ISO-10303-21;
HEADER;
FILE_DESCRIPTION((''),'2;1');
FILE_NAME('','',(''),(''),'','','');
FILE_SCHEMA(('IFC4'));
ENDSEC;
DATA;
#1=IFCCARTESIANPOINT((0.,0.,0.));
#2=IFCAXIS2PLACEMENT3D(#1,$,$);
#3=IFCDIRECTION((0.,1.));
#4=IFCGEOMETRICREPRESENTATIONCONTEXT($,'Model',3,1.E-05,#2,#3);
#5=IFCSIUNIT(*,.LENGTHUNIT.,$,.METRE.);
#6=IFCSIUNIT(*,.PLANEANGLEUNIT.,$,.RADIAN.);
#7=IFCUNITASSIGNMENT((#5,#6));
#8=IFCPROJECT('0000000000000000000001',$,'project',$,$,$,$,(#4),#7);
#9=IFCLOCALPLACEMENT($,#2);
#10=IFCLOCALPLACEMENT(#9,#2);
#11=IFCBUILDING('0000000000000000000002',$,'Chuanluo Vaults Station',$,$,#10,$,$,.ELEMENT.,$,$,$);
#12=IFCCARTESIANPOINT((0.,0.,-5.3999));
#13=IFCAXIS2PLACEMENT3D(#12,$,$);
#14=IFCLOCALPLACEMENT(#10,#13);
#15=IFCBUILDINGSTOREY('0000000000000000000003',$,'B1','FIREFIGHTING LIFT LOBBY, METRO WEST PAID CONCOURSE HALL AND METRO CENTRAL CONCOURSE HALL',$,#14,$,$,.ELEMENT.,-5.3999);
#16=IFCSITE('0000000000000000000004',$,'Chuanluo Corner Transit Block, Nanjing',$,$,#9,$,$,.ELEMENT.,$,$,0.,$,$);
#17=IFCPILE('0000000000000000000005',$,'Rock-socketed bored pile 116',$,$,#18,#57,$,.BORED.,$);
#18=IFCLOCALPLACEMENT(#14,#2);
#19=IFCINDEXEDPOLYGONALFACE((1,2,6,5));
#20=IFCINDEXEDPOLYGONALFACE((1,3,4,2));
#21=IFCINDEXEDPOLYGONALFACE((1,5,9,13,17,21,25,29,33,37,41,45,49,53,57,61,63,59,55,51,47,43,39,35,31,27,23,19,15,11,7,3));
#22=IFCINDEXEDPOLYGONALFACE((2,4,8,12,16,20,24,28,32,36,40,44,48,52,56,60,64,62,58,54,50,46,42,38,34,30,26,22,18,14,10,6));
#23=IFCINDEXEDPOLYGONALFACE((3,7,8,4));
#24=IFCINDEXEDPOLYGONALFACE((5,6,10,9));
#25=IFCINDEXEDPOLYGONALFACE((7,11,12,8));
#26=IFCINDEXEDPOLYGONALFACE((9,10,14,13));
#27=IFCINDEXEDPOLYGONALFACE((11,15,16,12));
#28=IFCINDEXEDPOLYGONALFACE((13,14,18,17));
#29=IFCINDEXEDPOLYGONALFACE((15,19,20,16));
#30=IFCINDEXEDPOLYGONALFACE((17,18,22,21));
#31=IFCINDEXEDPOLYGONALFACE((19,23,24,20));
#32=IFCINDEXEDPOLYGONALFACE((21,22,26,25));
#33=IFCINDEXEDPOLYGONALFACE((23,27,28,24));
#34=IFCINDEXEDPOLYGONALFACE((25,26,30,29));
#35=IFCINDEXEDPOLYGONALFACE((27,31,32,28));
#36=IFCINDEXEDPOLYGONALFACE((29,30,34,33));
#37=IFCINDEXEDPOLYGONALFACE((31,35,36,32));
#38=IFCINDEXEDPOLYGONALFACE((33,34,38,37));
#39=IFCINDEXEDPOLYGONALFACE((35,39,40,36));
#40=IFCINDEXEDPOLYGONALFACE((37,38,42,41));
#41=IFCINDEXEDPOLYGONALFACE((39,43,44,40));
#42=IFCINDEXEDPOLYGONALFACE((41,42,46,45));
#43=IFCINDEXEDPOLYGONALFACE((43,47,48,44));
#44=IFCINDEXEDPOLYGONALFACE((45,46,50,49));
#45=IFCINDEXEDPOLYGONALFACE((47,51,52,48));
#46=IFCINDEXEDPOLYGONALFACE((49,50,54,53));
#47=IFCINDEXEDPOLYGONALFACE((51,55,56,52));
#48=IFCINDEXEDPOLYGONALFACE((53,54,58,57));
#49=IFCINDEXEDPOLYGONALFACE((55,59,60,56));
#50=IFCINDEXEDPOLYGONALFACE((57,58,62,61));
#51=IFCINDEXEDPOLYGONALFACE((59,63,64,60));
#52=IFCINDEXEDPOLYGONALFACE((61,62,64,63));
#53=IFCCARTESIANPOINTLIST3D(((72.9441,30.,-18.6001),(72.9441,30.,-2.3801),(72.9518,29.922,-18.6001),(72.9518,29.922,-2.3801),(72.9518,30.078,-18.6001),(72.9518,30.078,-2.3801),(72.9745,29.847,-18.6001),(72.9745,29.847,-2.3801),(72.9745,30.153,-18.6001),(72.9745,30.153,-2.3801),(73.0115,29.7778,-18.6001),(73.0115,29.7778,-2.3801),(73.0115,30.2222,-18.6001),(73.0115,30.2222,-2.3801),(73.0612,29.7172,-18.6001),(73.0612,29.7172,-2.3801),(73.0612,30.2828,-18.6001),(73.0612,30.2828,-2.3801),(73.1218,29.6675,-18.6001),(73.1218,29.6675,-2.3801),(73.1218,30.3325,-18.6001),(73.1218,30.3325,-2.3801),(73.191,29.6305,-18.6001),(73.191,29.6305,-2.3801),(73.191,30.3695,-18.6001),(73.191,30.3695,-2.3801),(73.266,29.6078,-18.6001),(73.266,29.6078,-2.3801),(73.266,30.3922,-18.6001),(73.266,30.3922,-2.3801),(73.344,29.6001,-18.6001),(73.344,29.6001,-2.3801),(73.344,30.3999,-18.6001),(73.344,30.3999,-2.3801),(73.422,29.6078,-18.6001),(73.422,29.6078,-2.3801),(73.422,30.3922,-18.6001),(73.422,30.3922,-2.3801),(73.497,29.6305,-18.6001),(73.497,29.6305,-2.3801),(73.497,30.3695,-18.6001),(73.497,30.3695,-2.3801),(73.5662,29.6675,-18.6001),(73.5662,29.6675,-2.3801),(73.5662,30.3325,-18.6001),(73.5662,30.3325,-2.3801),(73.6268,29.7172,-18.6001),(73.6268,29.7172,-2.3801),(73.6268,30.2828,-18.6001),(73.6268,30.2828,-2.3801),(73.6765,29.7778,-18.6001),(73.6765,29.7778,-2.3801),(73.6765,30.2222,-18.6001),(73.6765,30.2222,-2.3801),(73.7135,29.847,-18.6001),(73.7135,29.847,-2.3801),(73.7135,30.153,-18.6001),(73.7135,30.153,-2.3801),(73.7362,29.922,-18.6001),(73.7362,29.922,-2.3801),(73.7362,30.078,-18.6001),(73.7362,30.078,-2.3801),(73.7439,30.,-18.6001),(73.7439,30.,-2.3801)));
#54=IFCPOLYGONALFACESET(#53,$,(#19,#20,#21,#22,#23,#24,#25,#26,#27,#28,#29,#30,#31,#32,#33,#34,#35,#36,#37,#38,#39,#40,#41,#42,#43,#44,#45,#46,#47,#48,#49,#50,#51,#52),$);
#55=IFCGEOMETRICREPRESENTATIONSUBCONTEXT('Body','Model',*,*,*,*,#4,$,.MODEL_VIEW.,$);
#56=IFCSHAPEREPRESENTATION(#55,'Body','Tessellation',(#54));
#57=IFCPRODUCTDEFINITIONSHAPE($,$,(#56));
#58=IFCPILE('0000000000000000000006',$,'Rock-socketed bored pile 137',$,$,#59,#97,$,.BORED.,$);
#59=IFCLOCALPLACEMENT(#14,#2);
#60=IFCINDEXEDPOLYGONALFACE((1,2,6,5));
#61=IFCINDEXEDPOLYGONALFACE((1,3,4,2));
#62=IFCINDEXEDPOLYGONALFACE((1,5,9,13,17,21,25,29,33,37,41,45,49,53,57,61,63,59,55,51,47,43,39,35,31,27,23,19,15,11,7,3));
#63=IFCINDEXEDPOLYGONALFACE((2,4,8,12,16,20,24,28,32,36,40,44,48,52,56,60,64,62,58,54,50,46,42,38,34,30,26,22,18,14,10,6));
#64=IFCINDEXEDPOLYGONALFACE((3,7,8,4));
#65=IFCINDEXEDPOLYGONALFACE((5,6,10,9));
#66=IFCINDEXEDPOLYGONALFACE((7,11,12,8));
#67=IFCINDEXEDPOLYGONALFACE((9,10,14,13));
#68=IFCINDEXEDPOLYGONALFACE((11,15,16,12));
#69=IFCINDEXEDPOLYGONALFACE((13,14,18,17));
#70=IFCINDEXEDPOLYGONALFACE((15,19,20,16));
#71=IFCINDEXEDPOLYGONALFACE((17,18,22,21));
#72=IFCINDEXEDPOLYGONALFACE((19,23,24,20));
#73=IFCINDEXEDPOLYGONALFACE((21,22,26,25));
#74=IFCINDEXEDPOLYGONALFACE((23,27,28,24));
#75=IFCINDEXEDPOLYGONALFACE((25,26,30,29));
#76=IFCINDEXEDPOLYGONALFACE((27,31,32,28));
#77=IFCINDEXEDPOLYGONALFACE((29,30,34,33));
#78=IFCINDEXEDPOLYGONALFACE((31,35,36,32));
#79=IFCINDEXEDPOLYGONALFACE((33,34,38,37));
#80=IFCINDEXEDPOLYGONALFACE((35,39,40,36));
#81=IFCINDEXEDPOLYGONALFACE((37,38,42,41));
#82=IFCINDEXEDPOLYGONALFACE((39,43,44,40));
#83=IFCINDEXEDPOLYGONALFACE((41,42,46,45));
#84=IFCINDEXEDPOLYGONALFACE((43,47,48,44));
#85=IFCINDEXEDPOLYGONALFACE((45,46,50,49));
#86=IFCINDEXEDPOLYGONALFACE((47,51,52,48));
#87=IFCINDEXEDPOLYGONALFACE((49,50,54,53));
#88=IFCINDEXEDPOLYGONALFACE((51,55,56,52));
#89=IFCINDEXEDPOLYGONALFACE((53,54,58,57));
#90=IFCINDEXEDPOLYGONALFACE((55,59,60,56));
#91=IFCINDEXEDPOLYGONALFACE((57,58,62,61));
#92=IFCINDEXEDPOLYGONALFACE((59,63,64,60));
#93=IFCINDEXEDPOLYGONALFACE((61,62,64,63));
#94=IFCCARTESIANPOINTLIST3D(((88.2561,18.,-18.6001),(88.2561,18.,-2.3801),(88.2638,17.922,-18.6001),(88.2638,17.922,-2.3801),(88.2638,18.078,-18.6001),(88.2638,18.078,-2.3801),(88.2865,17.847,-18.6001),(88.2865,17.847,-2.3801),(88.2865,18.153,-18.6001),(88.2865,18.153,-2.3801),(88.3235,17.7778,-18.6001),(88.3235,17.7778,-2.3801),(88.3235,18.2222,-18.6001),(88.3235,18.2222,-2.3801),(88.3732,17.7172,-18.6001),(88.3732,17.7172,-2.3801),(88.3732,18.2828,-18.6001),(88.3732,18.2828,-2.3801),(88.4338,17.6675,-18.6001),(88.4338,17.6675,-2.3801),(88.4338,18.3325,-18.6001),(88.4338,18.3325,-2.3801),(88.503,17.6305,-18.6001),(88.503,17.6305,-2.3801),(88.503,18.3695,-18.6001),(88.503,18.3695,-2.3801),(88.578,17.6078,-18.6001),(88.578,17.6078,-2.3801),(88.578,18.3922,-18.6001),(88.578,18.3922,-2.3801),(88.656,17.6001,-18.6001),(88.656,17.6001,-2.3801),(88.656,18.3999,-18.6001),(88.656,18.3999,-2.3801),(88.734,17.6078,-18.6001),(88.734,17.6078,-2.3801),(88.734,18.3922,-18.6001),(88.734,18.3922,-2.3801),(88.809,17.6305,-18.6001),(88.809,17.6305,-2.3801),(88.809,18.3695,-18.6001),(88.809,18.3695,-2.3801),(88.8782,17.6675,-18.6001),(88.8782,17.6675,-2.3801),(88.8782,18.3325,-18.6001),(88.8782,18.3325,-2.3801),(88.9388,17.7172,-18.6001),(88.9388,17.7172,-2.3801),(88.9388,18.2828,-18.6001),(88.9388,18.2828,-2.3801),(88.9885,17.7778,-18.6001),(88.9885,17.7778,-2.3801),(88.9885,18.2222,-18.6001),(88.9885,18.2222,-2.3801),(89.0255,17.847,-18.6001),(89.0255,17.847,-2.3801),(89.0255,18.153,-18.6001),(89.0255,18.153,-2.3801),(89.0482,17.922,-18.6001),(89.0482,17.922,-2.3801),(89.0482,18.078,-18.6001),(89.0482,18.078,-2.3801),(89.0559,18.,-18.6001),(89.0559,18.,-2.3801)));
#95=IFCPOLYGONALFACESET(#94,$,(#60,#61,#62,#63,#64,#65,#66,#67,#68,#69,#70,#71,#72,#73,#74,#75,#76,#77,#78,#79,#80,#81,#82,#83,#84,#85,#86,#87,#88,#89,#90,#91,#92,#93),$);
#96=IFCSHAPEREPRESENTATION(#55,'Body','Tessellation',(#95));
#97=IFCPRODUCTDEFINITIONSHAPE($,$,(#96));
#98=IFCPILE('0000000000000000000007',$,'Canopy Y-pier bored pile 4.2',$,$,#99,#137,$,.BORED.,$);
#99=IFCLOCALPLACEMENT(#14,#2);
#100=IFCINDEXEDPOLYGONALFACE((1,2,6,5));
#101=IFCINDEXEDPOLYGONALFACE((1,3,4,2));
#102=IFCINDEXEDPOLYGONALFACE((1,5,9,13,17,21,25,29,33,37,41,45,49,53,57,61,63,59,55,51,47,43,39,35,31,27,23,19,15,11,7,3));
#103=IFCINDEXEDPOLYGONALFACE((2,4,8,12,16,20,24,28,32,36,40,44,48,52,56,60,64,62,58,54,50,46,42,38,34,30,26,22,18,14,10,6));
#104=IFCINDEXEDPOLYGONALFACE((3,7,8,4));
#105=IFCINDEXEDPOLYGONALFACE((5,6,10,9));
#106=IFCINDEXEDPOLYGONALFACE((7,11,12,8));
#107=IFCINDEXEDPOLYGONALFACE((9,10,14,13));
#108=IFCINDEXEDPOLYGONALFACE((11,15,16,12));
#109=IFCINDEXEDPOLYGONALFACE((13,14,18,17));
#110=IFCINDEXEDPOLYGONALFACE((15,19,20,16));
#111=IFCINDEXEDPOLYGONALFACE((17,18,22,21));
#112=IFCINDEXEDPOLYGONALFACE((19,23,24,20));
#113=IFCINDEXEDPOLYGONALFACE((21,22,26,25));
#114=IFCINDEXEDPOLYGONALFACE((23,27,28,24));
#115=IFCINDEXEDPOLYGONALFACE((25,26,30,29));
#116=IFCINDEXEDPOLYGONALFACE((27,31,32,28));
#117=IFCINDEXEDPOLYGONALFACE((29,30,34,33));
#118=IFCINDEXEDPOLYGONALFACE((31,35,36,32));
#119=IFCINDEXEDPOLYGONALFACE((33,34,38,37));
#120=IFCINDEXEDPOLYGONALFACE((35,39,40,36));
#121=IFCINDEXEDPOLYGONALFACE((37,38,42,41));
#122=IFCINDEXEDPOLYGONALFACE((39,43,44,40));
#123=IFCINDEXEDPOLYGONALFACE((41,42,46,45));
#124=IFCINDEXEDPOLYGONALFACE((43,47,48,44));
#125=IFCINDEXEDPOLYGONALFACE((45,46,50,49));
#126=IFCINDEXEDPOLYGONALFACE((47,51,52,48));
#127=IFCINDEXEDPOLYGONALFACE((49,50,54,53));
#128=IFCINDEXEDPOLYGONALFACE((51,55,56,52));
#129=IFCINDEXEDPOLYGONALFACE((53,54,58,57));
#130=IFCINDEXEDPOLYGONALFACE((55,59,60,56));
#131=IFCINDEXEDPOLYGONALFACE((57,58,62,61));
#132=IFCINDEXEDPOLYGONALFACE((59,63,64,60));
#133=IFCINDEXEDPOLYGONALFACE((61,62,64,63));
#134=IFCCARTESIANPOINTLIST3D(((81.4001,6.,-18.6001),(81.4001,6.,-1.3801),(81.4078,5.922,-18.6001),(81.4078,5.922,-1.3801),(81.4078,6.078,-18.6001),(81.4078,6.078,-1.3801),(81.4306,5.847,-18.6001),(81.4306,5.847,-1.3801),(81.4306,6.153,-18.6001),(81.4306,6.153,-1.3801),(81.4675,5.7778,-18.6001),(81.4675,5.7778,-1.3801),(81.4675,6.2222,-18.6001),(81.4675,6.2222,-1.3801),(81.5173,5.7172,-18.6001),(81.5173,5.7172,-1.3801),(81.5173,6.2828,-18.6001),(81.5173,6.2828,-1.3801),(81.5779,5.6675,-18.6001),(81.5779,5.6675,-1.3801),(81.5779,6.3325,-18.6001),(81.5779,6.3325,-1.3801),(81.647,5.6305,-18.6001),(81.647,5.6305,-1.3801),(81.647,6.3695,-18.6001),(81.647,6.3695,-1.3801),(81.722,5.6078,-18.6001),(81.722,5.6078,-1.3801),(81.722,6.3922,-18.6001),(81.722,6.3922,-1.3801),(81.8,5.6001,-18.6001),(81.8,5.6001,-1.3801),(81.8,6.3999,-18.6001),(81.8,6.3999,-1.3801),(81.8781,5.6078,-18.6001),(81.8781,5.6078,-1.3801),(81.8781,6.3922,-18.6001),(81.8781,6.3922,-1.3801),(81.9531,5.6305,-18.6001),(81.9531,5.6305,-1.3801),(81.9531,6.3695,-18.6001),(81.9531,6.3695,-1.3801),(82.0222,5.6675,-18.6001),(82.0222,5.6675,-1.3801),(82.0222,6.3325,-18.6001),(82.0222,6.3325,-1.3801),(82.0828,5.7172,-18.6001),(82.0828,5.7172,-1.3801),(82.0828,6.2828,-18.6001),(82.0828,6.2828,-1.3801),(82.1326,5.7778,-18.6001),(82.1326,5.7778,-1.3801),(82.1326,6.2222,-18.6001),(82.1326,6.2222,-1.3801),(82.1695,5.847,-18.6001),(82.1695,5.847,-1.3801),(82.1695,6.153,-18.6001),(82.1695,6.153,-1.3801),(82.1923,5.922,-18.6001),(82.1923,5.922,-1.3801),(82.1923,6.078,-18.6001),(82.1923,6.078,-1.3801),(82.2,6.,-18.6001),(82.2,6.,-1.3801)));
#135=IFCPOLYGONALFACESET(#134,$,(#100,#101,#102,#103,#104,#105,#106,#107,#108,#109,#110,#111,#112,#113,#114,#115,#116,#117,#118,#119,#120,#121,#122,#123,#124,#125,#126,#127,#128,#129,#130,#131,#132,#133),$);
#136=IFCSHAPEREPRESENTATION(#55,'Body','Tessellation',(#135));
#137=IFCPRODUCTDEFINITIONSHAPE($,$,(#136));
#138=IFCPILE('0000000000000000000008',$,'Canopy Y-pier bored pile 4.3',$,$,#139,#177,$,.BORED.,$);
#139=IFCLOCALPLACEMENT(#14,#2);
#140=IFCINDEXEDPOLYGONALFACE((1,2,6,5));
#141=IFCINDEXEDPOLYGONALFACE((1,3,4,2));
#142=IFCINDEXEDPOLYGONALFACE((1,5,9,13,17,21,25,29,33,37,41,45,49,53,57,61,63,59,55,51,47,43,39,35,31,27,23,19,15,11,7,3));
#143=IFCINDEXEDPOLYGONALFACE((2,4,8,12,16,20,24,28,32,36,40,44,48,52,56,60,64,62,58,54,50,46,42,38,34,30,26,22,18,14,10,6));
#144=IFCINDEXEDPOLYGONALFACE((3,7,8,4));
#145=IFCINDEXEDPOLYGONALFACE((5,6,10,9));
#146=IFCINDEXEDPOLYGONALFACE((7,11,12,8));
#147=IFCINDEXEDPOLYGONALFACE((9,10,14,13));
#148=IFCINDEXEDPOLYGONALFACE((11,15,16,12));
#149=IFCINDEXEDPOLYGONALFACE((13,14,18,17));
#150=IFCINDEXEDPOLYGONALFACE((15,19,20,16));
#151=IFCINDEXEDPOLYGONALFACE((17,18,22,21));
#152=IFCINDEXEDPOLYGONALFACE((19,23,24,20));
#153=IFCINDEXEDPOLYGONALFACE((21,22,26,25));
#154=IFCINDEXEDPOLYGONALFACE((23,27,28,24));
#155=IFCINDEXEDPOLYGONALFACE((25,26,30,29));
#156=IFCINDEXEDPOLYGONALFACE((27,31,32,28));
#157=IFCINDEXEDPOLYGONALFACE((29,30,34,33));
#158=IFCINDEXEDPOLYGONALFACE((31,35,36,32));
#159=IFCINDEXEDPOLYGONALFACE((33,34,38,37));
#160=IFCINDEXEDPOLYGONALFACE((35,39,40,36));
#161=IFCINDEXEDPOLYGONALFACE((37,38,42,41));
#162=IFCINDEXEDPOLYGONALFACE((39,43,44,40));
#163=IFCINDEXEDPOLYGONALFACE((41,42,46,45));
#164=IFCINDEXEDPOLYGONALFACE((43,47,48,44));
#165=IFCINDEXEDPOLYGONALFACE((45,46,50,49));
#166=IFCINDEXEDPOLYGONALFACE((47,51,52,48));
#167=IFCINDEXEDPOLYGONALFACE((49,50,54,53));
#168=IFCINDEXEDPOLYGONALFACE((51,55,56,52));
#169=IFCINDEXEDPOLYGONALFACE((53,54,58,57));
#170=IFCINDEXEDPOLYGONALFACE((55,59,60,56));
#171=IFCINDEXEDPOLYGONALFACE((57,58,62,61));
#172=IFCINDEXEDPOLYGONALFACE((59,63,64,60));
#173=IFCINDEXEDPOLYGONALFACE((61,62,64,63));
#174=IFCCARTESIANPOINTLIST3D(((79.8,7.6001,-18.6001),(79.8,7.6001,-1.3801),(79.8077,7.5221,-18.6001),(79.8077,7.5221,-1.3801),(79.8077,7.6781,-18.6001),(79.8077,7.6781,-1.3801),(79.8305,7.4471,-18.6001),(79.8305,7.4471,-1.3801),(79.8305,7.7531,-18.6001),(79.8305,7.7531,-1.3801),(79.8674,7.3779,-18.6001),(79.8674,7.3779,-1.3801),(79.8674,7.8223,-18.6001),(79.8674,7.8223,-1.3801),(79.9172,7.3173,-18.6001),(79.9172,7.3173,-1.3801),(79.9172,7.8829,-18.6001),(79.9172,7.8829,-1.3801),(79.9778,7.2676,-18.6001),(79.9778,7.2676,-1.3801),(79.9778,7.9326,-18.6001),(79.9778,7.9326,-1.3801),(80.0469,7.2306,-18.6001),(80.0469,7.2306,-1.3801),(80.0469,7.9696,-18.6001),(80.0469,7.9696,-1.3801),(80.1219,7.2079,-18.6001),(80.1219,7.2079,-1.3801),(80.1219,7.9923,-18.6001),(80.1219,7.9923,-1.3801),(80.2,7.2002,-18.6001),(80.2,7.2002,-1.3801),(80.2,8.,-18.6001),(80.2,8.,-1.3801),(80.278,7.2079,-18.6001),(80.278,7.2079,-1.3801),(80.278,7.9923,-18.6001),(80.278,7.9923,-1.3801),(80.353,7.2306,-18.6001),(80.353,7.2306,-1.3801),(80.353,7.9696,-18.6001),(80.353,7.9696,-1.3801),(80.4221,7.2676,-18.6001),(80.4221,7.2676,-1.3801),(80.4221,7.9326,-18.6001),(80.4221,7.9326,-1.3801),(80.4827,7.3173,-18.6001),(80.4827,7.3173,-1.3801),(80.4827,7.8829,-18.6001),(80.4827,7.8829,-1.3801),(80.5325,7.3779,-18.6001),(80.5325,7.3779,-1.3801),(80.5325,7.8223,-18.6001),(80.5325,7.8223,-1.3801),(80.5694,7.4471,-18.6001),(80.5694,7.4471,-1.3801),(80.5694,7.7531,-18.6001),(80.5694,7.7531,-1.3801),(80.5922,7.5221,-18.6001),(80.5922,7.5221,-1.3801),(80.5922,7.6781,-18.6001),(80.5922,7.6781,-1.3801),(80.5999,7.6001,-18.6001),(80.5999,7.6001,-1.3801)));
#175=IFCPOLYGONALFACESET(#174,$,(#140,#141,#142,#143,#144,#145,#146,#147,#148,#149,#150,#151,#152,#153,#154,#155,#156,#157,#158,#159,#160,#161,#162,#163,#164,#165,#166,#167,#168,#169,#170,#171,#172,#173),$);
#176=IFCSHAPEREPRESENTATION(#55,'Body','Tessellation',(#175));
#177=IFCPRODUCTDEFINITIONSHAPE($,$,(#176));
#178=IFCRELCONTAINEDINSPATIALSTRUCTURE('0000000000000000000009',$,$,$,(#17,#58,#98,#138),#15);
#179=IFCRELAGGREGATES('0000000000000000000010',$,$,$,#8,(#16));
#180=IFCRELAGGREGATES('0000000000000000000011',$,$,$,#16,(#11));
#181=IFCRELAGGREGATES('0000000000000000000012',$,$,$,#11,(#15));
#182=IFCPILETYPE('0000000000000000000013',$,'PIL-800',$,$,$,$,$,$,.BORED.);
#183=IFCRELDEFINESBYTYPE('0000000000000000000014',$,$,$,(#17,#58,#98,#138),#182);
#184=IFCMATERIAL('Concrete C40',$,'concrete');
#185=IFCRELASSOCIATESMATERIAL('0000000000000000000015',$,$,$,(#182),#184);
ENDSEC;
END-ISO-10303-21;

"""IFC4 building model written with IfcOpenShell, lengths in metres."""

from ifc_helpers import new_model, si_unit, direction, frame, origin, origin_2d, place, context, subcontext, project, spatial, circle, extrude, material, material_profile, profile_set, type_object, element, save


model = new_model("IFC4")

# Units and contexts
model_context = context("Model", 3, precision=1e-05, world=origin(), true_north=direction((0.0, 1.0)))
body_context = subcontext(model_context, "Body", "Model", "MODEL_VIEW")
ifc_project = project(units=[si_unit("LENGTHUNIT", "METRE"), si_unit("PLANEANGLEUNIT", "RADIAN")], contexts=[model_context])

# Site, building, storey
site_placement = place(None, origin())
site = spatial("IfcSite", under=ifc_project, at=site_placement, Name="Chuanluo Corner Transit Block, Nanjing", CompositionType="ELEMENT", RefElevation=0.0)
building_placement = place(site_placement, origin())
building = spatial("IfcBuilding", under=site, at=building_placement, Name="Chuanluo Vaults Station", CompositionType="ELEMENT")
storey_placement = place(building_placement, frame((0.0, 0.0, -5.3999)))
storey = spatial("IfcBuildingStorey", under=building, at=storey_placement, Name="B1", Description="FIREFIGHTING LIFT LOBBY, METRO WEST PAID CONCOURSE HALL AND METRO CENTRAL CONCOURSE HALL", CompositionType="ELEMENT", Elevation=-5.3999)

# Piles
ifc_material_1 = material(Name="Concrete C40", Category="concrete")
ifc_material_profile_1 = material_profile(ifc_material_1, circle(Radius=0.3999, at=origin_2d()))
ifc_profile_set_1 = profile_set([ifc_material_profile_1], Name="Concrete C40")
pile_type_1 = type_object("IfcPileType", Name="PIL-800", PredefinedType="BORED", material=ifc_profile_set_1)
for number, where, z_axis, x_axis, name in (
    (1, (73.344, 30.0, -2.3801), (0.0, 0.0, -1.0), (1.0, 0.0, 0.0), "Rock-socketed bored pile 116"),
    (2, (88.656, 18.0, -2.3801), (0.0, 0.0, -1.0), (1.0, 0.0, 0.0), "Rock-socketed bored pile 137"),
):
    element("IfcPile", number, at=place(storey_placement, frame(where, z_axis=z_axis, x_axis=x_axis)), inside=storey, type_object=pile_type_1, Name=name, PredefinedType="BORED", context=body_context, shape_type="SweptSolid", body=[
        extrude(circle(Radius=0.3999, at=origin_2d()), origin(), (0.0, 0.0, 1.0), 16.22),
    ])
for number, where, z_axis, x_axis, name in (
    (3, (81.8, 6.0, -1.3801), (0.0, 0.0, -1.0), (1.0, 0.0, 0.0), "Canopy Y-pier bored pile 4.2"),
    (4, (80.2, 7.6001, -1.3801), (0.0, 0.0, -1.0), (1.0, 0.0, 0.0), "Canopy Y-pier bored pile 4.3"),
):
    element("IfcPile", number, at=place(storey_placement, frame(where, z_axis=z_axis, x_axis=x_axis)), inside=storey, type_object=pile_type_1, Name=name, PredefinedType="BORED", context=body_context, shape_type="SweptSolid", body=[
        extrude(circle(Radius=0.3999, at=origin_2d()), origin(), (0.0, 0.0, 1.0), 17.22),
    ])

save(model, "model.ifc")
